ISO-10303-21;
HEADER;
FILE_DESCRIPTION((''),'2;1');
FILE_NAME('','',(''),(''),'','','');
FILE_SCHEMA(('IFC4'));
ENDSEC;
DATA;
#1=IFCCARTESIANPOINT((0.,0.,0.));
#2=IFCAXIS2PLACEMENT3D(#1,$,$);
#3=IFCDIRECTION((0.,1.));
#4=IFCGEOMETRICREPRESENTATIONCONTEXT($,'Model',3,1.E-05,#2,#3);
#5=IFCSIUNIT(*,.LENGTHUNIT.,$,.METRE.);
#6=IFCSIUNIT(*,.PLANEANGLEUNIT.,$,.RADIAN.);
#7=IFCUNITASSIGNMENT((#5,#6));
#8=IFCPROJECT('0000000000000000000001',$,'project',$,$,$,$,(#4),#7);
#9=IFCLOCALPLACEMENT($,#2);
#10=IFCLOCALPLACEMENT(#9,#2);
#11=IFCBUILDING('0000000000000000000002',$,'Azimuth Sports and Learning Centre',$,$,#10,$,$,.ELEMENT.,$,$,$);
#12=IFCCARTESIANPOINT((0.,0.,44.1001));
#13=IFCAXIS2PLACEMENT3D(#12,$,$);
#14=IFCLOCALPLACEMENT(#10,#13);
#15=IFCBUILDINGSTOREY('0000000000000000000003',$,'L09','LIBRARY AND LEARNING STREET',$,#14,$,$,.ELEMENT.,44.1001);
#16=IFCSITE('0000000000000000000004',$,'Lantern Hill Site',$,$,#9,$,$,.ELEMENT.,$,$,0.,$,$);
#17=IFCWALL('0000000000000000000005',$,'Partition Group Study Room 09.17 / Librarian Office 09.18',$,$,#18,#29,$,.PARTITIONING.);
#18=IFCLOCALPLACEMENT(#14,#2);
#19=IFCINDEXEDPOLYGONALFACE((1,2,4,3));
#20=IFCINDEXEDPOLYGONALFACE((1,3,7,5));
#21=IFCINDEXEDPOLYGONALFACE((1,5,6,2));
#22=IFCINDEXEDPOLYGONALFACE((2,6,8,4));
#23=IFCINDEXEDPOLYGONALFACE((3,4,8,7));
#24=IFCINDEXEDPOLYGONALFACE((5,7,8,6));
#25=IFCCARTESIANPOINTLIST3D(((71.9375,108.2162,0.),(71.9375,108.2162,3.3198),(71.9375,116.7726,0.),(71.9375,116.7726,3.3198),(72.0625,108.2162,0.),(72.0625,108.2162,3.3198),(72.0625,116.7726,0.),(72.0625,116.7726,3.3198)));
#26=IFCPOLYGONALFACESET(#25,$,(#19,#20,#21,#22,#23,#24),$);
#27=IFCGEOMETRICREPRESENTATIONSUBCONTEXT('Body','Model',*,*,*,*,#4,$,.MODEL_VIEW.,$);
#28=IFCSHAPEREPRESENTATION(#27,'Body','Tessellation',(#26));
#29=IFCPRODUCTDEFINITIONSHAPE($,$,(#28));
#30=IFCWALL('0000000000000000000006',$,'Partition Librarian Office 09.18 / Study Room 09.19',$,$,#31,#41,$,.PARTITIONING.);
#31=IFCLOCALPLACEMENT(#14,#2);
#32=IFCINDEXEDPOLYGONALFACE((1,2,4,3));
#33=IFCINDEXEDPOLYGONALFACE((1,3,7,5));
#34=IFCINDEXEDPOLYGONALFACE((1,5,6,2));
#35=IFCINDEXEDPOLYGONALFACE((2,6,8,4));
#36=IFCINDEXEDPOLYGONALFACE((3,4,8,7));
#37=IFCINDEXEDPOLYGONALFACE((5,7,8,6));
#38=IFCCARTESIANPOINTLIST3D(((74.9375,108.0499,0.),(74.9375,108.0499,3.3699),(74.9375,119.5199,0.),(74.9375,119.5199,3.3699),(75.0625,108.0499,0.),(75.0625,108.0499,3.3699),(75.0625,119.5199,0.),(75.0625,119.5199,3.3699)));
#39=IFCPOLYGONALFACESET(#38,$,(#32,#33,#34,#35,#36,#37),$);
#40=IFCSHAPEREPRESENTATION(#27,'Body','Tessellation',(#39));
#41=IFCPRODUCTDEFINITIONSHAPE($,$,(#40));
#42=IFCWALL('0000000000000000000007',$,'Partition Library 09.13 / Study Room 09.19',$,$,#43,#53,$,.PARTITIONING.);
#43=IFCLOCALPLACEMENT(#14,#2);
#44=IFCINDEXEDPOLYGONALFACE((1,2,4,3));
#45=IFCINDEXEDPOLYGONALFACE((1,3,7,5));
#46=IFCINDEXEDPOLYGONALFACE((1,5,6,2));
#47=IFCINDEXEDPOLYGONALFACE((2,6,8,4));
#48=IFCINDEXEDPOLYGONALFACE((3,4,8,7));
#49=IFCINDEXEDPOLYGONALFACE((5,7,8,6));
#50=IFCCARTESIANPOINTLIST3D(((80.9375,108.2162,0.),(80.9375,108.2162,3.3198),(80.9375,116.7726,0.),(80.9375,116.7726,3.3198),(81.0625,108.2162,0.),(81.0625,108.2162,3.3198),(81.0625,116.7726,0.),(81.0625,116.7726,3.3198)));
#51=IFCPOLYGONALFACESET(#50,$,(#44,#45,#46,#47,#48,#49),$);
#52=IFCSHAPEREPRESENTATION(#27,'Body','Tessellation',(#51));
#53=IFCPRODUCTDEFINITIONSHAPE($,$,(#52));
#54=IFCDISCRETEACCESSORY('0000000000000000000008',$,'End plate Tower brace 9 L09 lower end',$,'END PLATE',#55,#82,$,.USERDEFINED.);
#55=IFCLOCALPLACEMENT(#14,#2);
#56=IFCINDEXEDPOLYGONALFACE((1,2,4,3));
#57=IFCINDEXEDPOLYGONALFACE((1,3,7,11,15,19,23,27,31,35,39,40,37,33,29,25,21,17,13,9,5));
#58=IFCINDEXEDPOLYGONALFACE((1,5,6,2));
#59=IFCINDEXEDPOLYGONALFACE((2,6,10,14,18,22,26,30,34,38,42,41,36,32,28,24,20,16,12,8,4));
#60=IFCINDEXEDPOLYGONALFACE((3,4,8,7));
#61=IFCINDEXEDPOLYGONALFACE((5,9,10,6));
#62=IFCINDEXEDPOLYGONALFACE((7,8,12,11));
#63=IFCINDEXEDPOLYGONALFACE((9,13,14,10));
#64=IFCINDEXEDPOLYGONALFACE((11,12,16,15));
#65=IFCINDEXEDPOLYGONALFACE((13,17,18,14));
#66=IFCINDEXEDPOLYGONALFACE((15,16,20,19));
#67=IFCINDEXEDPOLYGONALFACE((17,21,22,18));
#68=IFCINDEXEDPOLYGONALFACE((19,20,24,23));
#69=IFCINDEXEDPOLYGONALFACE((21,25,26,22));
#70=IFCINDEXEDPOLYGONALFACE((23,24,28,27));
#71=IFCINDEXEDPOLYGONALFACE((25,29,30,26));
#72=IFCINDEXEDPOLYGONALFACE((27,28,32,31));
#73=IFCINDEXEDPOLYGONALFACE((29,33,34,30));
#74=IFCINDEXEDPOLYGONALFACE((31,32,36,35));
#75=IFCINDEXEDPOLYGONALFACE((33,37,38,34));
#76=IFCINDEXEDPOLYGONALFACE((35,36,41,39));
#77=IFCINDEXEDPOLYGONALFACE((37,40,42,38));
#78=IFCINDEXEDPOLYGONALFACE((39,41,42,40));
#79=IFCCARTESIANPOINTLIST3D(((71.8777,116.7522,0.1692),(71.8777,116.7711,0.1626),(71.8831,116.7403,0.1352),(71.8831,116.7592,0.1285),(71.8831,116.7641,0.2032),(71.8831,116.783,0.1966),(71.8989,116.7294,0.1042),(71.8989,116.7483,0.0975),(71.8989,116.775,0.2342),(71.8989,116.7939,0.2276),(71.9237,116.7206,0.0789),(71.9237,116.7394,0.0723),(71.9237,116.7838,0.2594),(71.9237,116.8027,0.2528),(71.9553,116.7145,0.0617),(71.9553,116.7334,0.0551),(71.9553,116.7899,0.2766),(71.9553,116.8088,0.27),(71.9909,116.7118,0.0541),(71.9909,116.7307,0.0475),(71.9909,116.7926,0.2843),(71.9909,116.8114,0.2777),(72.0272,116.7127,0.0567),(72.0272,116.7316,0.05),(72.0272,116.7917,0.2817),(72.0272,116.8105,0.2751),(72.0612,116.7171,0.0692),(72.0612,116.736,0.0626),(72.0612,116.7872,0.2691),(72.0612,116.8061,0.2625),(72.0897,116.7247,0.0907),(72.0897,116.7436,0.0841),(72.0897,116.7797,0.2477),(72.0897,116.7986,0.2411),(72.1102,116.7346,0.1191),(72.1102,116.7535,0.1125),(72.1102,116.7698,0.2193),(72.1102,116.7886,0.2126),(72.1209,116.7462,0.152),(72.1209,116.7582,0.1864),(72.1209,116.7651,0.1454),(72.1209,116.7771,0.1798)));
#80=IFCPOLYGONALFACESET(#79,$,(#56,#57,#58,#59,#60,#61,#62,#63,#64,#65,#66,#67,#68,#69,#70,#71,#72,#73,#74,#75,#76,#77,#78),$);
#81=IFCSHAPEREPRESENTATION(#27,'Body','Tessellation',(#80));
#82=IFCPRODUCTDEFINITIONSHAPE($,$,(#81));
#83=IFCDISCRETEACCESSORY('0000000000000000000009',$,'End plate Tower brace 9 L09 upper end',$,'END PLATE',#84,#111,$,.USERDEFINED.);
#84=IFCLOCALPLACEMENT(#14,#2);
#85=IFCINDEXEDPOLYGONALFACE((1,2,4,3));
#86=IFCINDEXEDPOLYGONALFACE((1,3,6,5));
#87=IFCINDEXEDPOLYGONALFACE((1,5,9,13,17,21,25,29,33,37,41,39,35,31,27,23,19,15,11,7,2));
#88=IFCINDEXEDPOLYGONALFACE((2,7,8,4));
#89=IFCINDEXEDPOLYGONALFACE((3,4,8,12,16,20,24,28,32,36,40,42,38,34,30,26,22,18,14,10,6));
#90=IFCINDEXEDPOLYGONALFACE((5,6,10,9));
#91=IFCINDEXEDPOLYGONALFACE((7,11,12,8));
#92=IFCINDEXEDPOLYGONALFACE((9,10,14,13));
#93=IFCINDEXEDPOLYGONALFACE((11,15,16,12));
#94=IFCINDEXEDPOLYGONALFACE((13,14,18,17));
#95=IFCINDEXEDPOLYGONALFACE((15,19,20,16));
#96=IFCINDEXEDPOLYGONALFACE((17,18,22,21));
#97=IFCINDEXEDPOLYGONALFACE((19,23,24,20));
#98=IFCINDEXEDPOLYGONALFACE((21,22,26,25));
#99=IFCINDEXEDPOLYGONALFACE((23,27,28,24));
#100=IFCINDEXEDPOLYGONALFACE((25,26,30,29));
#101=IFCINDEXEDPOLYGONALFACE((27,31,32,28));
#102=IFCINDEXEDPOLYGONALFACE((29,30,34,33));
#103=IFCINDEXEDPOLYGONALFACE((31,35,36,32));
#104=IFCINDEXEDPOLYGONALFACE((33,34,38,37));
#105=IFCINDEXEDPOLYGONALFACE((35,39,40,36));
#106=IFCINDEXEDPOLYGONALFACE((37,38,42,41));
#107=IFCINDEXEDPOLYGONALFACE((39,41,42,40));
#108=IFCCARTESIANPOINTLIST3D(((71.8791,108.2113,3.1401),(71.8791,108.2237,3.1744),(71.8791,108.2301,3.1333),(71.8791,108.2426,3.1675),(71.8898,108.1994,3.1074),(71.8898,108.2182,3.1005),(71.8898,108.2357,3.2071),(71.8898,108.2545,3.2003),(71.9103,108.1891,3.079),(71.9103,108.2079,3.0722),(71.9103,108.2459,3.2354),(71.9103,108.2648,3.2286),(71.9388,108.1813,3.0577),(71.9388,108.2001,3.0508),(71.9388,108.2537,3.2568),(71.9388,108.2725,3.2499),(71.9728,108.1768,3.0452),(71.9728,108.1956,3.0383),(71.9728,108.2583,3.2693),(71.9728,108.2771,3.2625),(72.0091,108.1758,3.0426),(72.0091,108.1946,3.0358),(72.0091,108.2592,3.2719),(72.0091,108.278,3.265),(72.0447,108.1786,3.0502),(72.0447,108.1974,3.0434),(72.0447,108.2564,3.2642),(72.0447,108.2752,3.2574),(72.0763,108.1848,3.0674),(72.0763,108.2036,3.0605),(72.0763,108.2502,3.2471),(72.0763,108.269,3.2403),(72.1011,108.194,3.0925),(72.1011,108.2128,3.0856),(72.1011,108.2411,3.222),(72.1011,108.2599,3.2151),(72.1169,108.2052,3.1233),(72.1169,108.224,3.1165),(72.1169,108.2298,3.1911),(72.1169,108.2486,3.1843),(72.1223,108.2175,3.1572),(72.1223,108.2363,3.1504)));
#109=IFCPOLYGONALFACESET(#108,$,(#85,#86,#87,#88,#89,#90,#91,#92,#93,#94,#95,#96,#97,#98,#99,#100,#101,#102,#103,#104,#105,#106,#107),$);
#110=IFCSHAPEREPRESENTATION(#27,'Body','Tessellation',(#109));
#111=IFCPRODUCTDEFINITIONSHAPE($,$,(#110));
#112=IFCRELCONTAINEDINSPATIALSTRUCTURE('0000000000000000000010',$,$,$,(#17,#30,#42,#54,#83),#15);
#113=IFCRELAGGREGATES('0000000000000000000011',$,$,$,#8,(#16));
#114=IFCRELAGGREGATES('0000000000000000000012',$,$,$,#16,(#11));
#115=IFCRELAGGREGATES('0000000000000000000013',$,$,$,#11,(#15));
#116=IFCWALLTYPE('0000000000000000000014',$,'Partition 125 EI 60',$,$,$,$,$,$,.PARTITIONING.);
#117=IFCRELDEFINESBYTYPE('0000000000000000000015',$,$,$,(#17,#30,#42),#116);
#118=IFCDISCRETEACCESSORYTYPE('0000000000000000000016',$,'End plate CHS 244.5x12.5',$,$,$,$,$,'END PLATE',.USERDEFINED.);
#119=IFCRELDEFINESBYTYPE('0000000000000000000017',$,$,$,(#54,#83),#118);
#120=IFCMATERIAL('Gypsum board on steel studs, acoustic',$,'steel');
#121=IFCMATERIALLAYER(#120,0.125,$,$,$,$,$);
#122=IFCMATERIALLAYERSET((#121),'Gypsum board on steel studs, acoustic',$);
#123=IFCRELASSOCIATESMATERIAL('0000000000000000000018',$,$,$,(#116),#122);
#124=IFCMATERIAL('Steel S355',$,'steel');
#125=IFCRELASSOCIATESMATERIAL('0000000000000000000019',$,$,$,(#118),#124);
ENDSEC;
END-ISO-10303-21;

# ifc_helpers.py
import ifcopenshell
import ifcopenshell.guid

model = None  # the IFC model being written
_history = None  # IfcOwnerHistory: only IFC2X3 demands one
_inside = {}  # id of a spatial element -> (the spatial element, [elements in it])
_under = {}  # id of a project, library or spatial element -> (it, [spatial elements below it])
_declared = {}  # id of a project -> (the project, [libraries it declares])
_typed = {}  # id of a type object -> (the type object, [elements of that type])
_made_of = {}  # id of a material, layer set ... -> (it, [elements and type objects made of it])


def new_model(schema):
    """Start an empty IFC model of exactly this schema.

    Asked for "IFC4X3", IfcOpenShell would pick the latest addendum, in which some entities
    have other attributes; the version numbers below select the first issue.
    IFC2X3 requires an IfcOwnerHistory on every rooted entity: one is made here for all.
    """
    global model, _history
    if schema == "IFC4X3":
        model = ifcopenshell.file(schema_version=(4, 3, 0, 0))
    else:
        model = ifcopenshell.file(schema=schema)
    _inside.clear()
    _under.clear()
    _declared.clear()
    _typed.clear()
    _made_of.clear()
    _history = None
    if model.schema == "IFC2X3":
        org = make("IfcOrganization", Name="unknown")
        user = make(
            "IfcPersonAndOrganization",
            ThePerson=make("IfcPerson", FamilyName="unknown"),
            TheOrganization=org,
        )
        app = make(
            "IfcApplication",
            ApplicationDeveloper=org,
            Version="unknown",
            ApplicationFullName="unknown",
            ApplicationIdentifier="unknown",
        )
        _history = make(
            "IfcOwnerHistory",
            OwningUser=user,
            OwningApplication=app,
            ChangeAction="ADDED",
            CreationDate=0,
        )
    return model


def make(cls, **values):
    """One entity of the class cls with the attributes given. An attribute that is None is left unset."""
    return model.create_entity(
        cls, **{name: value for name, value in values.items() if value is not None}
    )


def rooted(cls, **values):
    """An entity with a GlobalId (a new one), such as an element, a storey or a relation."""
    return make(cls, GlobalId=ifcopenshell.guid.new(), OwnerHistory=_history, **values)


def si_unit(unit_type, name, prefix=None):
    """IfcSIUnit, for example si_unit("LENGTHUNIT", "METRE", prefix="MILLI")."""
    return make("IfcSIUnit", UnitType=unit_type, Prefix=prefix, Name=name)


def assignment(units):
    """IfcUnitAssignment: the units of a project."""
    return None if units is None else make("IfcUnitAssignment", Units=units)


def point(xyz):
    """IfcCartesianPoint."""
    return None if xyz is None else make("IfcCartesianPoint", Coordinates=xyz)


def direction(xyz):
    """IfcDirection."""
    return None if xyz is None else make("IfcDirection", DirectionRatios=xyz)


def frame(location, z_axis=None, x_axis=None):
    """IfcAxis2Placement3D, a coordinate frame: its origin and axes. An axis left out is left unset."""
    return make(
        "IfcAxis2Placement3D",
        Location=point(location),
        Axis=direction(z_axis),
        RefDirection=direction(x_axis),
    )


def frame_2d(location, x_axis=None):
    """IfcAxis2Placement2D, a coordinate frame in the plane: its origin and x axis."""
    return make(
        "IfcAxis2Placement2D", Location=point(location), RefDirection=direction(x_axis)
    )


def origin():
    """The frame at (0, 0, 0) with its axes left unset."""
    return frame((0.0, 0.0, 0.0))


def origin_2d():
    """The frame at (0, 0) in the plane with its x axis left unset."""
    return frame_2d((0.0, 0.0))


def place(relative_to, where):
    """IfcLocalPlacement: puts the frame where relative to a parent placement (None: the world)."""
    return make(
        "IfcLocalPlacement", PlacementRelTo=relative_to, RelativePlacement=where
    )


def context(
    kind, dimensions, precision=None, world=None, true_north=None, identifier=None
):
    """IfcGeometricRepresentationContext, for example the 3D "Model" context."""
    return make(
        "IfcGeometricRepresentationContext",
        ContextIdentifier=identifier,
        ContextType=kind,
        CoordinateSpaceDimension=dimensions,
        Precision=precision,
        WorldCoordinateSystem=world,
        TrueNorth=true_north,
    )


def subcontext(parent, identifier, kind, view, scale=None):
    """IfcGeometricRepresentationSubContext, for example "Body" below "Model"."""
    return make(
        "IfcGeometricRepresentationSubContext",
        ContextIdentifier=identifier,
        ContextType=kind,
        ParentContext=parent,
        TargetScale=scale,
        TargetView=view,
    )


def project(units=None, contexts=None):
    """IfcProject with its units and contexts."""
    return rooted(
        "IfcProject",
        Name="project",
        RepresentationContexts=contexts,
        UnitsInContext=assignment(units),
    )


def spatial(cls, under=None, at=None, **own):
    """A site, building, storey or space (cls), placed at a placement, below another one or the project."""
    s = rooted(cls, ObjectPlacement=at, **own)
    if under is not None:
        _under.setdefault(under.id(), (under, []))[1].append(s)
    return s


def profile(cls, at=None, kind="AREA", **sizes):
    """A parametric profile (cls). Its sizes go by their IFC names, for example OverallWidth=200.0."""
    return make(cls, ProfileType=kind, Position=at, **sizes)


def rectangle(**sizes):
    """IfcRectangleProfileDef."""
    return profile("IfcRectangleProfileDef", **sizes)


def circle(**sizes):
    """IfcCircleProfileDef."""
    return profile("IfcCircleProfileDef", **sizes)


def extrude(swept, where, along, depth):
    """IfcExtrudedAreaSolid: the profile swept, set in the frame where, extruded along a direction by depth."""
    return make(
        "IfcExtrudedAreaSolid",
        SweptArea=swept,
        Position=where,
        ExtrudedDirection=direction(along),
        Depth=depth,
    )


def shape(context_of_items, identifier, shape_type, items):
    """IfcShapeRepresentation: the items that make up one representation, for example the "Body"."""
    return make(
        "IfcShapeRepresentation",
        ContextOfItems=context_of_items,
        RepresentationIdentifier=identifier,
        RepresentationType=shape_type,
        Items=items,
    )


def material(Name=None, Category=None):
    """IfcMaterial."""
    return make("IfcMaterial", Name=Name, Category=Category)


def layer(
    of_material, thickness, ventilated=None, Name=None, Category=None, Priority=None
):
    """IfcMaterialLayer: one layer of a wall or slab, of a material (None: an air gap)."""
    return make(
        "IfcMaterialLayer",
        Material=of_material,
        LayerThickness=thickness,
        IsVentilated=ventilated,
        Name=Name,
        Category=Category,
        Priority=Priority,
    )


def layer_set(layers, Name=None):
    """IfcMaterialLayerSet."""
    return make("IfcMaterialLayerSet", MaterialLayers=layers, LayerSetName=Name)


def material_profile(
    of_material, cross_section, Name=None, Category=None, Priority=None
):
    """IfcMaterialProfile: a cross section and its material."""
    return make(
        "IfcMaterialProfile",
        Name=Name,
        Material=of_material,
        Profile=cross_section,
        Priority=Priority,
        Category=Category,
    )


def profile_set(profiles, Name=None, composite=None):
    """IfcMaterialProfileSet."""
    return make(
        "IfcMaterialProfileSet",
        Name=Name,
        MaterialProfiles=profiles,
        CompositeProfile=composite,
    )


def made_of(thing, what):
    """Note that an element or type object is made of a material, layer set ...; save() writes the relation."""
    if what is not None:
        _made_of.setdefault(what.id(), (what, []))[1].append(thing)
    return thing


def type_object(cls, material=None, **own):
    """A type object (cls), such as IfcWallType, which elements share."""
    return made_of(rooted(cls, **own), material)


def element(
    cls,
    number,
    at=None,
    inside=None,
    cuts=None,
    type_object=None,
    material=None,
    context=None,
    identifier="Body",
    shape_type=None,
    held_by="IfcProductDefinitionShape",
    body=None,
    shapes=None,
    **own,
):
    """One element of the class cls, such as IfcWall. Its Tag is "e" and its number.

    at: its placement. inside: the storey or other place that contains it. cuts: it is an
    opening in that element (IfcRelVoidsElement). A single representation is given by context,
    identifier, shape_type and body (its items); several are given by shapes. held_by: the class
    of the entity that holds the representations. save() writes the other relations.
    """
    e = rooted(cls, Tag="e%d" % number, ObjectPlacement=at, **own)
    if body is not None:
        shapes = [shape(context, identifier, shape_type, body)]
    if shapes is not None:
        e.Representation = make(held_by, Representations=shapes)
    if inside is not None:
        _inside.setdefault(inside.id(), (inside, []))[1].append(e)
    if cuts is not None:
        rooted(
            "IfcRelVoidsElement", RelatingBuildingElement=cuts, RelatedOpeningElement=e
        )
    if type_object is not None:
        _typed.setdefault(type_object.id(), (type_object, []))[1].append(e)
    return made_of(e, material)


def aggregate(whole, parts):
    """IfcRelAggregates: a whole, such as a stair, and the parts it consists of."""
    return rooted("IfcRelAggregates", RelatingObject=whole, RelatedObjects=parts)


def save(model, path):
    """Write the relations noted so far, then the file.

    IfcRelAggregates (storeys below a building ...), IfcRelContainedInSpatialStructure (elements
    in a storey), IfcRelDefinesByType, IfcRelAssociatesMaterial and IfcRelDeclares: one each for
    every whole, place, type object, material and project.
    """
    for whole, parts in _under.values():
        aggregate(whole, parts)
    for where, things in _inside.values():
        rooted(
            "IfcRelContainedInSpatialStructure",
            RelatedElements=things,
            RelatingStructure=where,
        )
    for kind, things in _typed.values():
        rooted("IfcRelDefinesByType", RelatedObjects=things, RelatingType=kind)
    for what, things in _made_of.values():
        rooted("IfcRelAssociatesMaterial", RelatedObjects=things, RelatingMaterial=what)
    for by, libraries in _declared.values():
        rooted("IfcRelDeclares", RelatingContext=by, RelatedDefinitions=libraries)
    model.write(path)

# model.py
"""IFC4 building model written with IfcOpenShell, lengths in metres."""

from ifc_helpers import new_model, si_unit, direction, frame, frame_2d, origin, origin_2d, place, context, subcontext, project, spatial, rectangle, circle, extrude, material, layer, layer_set, material_profile, profile_set, type_object, element, save


model = new_model("IFC4")

# Units and contexts
model_context = context("Model", 3, precision=1e-05, world=origin(), true_north=direction((0.0, 1.0)))
body_context = subcontext(model_context, "Body", "Model", "MODEL_VIEW")
ifc_project = project(units=[si_unit("LENGTHUNIT", "METRE"), si_unit("PLANEANGLEUNIT", "RADIAN")], contexts=[model_context])

# Site, building, storey
site_placement = place(None, origin())
site = spatial("IfcSite", under=ifc_project, at=site_placement, Name="Lantern Hill Site", CompositionType="ELEMENT", RefElevation=0.0)
building_placement = place(site_placement, origin())
building = spatial("IfcBuilding", under=site, at=building_placement, Name="Azimuth Sports and Learning Centre", CompositionType="ELEMENT")
storey_placement = place(building_placement, frame((0.0, 0.0, 44.1001)))
storey = spatial("IfcBuildingStorey", under=building, at=storey_placement, Name="L09", Description="LIBRARY AND LEARNING STREET", CompositionType="ELEMENT", Elevation=44.1001)

# Walls
ifc_material_1 = material(Name="Gypsum board on steel studs, acoustic", Category="steel")
ifc_layer_1 = layer(ifc_material_1, 0.125)
ifc_layer_set_1 = layer_set([ifc_layer_1], Name="Gypsum board on steel studs, acoustic")
wall_type_1 = type_object("IfcWallType", Name="Partition 125 EI 60", PredefinedType="PARTITIONING", material=ifc_layer_set_1)
wall_1_placement = place(storey_placement, frame((72.0, 108.2161, 0.0), z_axis=(0.0, 0.0, 1.0), x_axis=(0.0, 1.0, 0.0)))
element("IfcWall", 1, at=wall_1_placement, inside=storey, type_object=wall_type_1, Name="Partition Group Study Room 09.17 / Librarian Office 09.18", PredefinedType="PARTITIONING", context=body_context, shape_type="SweptSolid", body=[
    extrude(rectangle(XDim=8.5564, YDim=0.125, at=frame_2d((4.2783, 0.0))), origin(), (0.0, 0.0, 1.0), 3.3198),
])
wall_2_placement = place(storey_placement, frame((75.0, 108.05, 0.0), z_axis=(0.0, 0.0, 1.0), x_axis=(0.0, 1.0, 0.0)))
element("IfcWall", 2, at=wall_2_placement, inside=storey, type_object=wall_type_1, Name="Partition Librarian Office 09.18 / Study Room 09.19", PredefinedType="PARTITIONING", context=body_context, shape_type="SweptSolid", body=[
    extrude(rectangle(XDim=11.47, YDim=0.125, at=frame_2d((5.7349, 0.0))), origin(), (0.0, 0.0, 1.0), 3.3699),
])
wall_3_placement = place(storey_placement, frame((81.0, 108.2161, 0.0), z_axis=(0.0, 0.0, 1.0), x_axis=(0.0, 1.0, 0.0)))
element("IfcWall", 3, at=wall_3_placement, inside=storey, type_object=wall_type_1, Name="Partition Library 09.13 / Study Room 09.19", PredefinedType="PARTITIONING", context=body_context, shape_type="SweptSolid", body=[
    extrude(rectangle(XDim=8.5564, YDim=0.125, at=frame_2d((4.2783, 0.0))), origin(), (0.0, 0.0, 1.0), 3.3198),
])

# Discrete accessories
ifc_material_2 = material(Name="Steel S355", Category="steel")
ifc_material_profile_1 = material_profile(ifc_material_2, circle(Radius=0.1223, at=origin_2d()), Name="PL 244 DISC")
ifc_profile_set_1 = profile_set([ifc_material_profile_1], Name="Steel S355")
discrete_accessory_type = type_object("IfcDiscreteAccessoryType", Name="End plate CHS 244.5x12.5", ElementType="END PLATE", PredefinedType="USERDEFINED", material=ifc_profile_set_1)
for number, where, z_axis, x_axis, name in (
    (4, (72.0, 116.7522, 0.1692), (0.0, 0.943667, -0.330896), (-1.0, 0.0, 0.0), "End plate Tower brace 9 L09 lower end"),
    (5, (72.0, 108.2363, 3.1504), (0.0, -0.939793, 0.341743), (1.0, 0.0, 0.0), "End plate Tower brace 9 L09 upper end"),
):
    element("IfcDiscreteAccessory", number, at=place(storey_placement, frame(where, z_axis=z_axis, x_axis=x_axis)), inside=storey, type_object=discrete_accessory_type, Name=name, ObjectType="END PLATE", PredefinedType="USERDEFINED", context=body_context, shape_type="SweptSolid", body=[
        extrude(circle(Radius=0.1223, at=origin_2d()), origin(), (0.0, 0.0, 1.0), 0.02),
    ])

save(model, "model.ifc")
